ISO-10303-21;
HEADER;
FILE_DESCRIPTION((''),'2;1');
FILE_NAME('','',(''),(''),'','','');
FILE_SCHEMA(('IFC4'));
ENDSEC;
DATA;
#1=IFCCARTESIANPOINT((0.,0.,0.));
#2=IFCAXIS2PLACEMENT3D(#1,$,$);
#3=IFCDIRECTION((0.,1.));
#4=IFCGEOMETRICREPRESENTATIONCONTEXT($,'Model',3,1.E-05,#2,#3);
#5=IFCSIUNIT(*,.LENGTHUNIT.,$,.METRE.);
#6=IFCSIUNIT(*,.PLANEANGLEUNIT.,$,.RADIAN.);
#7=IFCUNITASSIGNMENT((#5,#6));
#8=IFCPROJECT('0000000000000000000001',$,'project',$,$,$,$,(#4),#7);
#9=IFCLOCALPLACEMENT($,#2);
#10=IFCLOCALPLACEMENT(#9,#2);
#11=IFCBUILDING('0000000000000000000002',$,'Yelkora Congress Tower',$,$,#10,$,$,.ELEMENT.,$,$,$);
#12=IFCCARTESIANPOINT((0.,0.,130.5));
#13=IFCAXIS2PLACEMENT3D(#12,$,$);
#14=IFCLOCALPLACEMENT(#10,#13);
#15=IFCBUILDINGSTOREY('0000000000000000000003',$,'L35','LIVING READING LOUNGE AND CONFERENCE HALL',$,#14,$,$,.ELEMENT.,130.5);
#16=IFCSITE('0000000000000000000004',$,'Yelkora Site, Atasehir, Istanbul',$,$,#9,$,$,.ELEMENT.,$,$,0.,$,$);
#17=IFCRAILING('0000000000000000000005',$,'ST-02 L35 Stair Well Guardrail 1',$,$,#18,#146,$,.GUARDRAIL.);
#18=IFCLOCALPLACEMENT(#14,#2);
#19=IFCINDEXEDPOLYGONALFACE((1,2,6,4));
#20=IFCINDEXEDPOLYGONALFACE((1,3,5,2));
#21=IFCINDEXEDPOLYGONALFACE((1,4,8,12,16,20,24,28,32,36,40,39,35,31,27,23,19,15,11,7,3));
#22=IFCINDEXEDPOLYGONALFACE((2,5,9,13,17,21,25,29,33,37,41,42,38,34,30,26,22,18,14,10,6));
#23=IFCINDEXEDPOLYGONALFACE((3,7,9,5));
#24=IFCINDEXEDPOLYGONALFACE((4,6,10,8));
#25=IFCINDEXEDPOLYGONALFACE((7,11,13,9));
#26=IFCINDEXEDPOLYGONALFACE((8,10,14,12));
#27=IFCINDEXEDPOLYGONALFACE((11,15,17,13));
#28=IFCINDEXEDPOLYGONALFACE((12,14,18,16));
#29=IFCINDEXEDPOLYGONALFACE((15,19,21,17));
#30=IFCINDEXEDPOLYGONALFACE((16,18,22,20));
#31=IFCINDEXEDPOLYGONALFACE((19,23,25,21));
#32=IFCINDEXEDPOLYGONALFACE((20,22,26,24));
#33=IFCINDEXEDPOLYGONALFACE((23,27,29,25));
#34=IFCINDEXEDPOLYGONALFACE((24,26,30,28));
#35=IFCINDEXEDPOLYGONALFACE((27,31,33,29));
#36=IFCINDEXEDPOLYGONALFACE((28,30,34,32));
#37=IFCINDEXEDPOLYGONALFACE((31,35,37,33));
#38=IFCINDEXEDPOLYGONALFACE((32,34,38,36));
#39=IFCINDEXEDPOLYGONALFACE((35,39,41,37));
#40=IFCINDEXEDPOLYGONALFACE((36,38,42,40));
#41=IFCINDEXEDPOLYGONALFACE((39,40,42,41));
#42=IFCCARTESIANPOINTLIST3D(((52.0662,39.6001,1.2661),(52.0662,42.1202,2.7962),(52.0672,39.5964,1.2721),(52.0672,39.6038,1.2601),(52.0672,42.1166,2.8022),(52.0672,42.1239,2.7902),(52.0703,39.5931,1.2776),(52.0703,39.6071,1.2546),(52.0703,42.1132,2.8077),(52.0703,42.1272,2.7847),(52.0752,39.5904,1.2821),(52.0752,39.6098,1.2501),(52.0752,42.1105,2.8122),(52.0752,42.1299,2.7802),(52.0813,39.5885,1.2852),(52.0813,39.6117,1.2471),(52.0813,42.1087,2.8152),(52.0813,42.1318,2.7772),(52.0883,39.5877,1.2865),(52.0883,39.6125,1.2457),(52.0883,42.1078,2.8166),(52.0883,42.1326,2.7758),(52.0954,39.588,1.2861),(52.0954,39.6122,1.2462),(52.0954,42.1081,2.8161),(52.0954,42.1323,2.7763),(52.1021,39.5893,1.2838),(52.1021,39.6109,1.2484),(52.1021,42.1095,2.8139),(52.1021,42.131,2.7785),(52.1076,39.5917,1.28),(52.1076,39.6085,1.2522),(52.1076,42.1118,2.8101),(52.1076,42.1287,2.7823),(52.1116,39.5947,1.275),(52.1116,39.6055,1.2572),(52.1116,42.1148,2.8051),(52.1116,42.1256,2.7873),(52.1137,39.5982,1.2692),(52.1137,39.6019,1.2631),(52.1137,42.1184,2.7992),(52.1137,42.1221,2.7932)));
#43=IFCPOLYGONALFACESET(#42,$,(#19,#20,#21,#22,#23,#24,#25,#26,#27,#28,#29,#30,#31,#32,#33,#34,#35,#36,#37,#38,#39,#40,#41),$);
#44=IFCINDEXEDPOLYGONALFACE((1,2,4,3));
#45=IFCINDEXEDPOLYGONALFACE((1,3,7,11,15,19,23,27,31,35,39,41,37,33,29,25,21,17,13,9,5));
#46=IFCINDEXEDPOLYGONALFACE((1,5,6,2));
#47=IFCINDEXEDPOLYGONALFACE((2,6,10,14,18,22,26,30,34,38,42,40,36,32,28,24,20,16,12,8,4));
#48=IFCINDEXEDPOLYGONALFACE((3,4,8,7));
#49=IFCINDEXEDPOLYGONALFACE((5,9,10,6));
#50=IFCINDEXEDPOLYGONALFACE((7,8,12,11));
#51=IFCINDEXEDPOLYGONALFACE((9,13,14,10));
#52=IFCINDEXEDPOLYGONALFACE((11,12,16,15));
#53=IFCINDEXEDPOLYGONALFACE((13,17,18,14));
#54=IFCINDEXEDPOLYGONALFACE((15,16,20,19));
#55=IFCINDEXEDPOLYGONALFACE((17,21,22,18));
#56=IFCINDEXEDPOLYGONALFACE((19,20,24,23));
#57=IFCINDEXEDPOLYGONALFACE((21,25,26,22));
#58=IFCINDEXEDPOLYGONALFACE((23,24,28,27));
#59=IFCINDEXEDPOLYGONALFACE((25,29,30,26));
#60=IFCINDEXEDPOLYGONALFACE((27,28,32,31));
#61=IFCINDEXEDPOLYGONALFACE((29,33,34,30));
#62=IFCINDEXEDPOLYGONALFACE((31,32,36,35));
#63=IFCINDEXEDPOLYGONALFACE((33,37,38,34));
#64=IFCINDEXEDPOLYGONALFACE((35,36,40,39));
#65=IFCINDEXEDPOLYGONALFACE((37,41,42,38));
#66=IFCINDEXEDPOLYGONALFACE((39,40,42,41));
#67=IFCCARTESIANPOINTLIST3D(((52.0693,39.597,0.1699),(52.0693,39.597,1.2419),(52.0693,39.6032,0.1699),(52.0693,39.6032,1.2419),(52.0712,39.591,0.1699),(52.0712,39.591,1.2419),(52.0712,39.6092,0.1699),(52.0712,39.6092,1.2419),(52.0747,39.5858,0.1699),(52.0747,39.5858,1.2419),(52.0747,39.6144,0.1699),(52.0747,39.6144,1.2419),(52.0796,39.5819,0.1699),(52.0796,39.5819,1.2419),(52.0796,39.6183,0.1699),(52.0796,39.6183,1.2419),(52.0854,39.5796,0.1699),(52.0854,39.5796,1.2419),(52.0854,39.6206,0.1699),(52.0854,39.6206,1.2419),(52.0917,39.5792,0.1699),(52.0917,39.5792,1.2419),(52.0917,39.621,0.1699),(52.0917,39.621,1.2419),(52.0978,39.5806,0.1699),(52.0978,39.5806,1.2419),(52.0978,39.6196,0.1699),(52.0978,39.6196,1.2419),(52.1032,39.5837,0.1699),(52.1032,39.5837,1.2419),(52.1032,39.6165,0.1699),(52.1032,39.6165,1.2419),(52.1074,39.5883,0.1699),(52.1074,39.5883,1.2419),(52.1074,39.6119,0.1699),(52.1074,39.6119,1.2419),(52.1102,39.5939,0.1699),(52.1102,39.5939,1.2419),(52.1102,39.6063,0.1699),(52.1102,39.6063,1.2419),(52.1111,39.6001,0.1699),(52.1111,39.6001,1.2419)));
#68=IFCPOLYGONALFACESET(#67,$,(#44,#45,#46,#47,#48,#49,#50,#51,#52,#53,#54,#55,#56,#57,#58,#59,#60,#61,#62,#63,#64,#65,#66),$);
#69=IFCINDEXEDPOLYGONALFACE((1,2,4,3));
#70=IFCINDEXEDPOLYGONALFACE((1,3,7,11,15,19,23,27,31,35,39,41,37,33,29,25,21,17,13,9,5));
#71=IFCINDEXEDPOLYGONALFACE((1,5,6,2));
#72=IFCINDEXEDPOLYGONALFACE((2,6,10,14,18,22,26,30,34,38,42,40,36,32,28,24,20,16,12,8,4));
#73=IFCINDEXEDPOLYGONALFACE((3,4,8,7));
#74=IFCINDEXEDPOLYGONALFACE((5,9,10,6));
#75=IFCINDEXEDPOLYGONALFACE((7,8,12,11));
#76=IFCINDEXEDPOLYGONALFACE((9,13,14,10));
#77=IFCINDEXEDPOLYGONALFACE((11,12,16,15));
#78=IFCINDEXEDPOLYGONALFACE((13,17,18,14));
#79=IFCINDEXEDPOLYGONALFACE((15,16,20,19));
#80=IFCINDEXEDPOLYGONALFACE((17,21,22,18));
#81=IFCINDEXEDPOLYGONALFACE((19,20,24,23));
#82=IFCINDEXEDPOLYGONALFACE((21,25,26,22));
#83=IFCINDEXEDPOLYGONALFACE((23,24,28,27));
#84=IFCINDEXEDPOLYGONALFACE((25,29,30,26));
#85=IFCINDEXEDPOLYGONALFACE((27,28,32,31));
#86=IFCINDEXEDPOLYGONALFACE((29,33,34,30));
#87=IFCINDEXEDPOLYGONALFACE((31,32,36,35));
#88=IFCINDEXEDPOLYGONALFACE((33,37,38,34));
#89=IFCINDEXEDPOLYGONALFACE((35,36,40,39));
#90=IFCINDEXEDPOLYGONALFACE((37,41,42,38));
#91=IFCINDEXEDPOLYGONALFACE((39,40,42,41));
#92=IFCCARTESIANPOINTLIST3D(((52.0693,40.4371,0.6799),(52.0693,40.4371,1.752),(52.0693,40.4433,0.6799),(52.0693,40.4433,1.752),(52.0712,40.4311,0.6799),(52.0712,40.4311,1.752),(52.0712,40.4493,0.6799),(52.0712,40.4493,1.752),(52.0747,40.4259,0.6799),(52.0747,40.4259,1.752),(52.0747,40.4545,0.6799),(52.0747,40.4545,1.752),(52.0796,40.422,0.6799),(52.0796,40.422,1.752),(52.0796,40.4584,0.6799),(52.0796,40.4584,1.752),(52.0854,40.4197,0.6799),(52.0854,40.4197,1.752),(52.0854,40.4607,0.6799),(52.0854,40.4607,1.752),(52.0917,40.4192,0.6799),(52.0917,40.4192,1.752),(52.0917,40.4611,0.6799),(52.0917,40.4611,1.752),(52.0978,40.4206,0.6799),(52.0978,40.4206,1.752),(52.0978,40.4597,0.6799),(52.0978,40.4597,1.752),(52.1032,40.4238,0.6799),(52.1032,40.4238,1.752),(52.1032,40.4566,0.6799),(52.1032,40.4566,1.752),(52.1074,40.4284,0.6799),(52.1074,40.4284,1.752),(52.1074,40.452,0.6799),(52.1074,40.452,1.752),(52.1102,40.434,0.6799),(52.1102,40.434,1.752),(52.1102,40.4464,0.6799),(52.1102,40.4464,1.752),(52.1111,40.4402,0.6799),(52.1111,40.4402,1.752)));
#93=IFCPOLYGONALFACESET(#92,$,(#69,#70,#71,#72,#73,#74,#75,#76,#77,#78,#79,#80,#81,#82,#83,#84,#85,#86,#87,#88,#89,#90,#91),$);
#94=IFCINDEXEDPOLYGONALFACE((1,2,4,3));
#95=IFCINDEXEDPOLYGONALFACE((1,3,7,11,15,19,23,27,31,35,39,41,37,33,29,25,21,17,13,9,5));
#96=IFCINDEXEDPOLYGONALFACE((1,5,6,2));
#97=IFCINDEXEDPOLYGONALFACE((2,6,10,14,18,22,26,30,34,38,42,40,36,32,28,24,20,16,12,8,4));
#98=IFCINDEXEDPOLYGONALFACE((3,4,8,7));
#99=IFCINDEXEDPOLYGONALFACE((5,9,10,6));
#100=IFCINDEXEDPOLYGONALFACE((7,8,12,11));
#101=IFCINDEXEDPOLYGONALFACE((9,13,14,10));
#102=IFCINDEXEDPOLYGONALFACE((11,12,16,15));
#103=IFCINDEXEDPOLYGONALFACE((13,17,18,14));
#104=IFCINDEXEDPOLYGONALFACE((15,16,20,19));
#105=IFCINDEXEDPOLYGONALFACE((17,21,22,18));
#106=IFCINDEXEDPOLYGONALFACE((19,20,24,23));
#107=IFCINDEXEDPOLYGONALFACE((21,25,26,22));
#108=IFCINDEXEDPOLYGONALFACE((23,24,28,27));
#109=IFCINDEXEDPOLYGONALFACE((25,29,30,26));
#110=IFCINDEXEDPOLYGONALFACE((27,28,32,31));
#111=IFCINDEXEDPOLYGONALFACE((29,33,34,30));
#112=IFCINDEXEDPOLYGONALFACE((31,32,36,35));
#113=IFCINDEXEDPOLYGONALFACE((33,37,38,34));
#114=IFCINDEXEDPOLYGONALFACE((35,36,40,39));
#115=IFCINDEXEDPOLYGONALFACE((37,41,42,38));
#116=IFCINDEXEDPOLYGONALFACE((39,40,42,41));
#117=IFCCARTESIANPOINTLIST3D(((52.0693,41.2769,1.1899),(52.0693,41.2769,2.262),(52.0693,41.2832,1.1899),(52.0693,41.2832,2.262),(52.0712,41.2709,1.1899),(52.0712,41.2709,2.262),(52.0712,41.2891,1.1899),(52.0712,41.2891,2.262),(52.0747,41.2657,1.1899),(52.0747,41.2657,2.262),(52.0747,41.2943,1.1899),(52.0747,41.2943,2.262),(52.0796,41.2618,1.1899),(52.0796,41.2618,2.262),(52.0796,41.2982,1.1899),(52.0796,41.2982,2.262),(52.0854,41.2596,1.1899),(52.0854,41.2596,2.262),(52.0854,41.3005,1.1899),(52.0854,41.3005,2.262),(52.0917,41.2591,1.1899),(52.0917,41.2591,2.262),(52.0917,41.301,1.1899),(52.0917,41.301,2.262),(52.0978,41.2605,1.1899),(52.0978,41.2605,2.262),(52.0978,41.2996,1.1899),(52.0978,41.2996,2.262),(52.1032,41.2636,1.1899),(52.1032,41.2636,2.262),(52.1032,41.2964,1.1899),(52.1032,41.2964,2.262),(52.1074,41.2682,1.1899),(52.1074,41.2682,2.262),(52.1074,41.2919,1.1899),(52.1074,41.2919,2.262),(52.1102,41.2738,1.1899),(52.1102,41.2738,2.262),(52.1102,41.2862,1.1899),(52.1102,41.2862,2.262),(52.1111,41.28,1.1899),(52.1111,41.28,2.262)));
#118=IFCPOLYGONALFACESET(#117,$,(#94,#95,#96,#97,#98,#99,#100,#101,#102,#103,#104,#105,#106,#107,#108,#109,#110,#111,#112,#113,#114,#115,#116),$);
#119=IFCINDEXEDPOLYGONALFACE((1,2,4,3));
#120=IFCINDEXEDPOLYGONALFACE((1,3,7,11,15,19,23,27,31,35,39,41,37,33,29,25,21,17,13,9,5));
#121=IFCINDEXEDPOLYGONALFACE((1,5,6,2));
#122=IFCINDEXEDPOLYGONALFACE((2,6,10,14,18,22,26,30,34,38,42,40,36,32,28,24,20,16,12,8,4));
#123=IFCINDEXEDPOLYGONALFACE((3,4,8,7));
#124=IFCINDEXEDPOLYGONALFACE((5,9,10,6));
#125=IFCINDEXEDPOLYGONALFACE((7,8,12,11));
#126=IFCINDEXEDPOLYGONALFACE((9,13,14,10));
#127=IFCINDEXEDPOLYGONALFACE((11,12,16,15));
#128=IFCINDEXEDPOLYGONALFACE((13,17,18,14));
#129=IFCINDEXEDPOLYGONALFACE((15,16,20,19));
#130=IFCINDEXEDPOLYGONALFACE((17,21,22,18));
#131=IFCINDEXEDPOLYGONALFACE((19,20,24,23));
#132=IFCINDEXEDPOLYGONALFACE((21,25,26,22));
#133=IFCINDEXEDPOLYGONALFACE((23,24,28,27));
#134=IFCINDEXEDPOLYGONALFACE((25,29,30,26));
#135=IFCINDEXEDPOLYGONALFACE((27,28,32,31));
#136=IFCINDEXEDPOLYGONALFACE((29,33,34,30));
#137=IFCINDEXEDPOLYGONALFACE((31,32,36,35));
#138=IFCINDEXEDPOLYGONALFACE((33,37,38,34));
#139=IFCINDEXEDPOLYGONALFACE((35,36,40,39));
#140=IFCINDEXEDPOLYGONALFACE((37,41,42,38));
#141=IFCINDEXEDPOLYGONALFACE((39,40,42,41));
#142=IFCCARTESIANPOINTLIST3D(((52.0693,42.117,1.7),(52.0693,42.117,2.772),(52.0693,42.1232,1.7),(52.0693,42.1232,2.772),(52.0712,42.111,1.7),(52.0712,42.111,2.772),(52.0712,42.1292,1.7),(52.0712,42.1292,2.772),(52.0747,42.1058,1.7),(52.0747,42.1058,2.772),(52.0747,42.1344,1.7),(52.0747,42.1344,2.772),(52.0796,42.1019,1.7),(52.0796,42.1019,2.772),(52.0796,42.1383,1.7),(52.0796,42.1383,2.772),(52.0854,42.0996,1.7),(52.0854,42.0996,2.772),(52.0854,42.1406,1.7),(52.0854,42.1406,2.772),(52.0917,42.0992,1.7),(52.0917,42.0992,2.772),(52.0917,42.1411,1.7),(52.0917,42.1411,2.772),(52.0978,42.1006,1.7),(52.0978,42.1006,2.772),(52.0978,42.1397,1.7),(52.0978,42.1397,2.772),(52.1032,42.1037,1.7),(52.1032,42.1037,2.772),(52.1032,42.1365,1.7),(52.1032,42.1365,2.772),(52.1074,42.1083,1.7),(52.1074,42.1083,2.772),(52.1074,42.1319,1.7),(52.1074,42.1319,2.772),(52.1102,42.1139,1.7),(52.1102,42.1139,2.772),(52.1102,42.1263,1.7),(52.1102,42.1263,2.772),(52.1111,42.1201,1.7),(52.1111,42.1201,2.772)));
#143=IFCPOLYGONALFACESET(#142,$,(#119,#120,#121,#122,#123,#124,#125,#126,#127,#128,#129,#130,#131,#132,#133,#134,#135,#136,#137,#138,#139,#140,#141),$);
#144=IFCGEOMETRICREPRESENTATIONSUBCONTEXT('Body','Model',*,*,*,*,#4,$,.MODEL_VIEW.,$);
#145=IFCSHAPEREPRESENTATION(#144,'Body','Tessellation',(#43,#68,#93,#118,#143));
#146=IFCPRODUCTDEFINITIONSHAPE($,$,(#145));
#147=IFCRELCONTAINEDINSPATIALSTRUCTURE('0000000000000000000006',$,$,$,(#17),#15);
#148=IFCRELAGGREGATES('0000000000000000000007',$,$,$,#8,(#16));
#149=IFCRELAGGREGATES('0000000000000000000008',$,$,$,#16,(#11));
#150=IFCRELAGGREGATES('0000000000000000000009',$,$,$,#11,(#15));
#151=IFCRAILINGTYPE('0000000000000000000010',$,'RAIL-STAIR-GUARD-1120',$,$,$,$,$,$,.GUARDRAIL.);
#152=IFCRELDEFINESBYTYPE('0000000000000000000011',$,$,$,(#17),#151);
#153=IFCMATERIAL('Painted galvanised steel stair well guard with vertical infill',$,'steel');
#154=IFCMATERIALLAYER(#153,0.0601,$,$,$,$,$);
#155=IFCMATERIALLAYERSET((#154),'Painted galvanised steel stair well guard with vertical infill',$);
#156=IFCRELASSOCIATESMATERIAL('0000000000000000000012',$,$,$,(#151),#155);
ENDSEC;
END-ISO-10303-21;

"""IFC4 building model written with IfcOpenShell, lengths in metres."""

from ifc_helpers import new_model, si_unit, direction, frame, origin, origin_2d, place, context, subcontext, project, spatial, circle, extrude, material, layer, layer_set, type_object, element, save


model = new_model("IFC4")

# Units and contexts
model_context = context("Model", 3, precision=1e-05, world=origin(), true_north=direction((0.0, 1.0)))
body_context = subcontext(model_context, "Body", "Model", "MODEL_VIEW")
ifc_project = project(units=[si_unit("LENGTHUNIT", "METRE"), si_unit("PLANEANGLEUNIT", "RADIAN")], contexts=[model_context])

# Site, building, storey
site_placement = place(None, origin())
site = spatial("IfcSite", under=ifc_project, at=site_placement, Name="Yelkora Site, Atasehir, Istanbul", CompositionType="ELEMENT", RefElevation=0.0)
building_placement = place(site_placement, origin())
building = spatial("IfcBuilding", under=site, at=building_placement, Name="Yelkora Congress Tower", CompositionType="ELEMENT")
storey_placement = place(building_placement, frame((0.0, 0.0, 130.5)))
storey = spatial("IfcBuildingStorey", under=building, at=storey_placement, Name="L35", Description="LIVING READING LOUNGE AND CONFERENCE HALL", CompositionType="ELEMENT", Elevation=130.5)

# Railing
ifc_material_1 = material(Name="Painted galvanised steel stair well guard with vertical infill", Category="steel")
ifc_layer_1 = layer(ifc_material_1, 0.0601)
ifc_layer_set_1 = layer_set([ifc_layer_1], Name="Painted galvanised steel stair well guard with vertical infill")
railing_type_1 = type_object("IfcRailingType", Name="RAIL-STAIR-GUARD-1120", PredefinedType="GUARDRAIL", material=ifc_layer_set_1)
railing_1_placement = place(storey_placement, frame((52.0901, 39.6001, 0.1699)))
element("IfcRailing", 1, at=railing_1_placement, inside=storey, type_object=railing_type_1, Name="ST-02 L35 Stair Well Guardrail 1", PredefinedType="GUARDRAIL", context=body_context, shape_type="SweptSolid", body=[
    extrude(circle(Radius=0.0239, at=origin_2d()), frame((0.0, 0.0, 1.0962), z_axis=(0.0, 0.854785, 0.518982), x_axis=(-1.0, 0.0, 0.0)), (0.0, 0.0, 1.0), 2.9482),
    extrude(circle(Radius=0.021, at=origin_2d()), origin(), (0.0, 0.0, 1.0), 1.072),
    extrude(circle(Radius=0.021, at=origin_2d()), frame((0.0, 0.8401, 0.51)), (0.0, 0.0, 1.0), 1.072),
    extrude(circle(Radius=0.021, at=origin_2d()), frame((0.0, 1.6799, 1.02)), (0.0, 0.0, 1.0), 1.072),
    extrude(circle(Radius=0.021, at=origin_2d()), frame((0.0, 2.52, 1.53)), (0.0, 0.0, 1.0), 1.072),
])

save(model, "model.ifc")
